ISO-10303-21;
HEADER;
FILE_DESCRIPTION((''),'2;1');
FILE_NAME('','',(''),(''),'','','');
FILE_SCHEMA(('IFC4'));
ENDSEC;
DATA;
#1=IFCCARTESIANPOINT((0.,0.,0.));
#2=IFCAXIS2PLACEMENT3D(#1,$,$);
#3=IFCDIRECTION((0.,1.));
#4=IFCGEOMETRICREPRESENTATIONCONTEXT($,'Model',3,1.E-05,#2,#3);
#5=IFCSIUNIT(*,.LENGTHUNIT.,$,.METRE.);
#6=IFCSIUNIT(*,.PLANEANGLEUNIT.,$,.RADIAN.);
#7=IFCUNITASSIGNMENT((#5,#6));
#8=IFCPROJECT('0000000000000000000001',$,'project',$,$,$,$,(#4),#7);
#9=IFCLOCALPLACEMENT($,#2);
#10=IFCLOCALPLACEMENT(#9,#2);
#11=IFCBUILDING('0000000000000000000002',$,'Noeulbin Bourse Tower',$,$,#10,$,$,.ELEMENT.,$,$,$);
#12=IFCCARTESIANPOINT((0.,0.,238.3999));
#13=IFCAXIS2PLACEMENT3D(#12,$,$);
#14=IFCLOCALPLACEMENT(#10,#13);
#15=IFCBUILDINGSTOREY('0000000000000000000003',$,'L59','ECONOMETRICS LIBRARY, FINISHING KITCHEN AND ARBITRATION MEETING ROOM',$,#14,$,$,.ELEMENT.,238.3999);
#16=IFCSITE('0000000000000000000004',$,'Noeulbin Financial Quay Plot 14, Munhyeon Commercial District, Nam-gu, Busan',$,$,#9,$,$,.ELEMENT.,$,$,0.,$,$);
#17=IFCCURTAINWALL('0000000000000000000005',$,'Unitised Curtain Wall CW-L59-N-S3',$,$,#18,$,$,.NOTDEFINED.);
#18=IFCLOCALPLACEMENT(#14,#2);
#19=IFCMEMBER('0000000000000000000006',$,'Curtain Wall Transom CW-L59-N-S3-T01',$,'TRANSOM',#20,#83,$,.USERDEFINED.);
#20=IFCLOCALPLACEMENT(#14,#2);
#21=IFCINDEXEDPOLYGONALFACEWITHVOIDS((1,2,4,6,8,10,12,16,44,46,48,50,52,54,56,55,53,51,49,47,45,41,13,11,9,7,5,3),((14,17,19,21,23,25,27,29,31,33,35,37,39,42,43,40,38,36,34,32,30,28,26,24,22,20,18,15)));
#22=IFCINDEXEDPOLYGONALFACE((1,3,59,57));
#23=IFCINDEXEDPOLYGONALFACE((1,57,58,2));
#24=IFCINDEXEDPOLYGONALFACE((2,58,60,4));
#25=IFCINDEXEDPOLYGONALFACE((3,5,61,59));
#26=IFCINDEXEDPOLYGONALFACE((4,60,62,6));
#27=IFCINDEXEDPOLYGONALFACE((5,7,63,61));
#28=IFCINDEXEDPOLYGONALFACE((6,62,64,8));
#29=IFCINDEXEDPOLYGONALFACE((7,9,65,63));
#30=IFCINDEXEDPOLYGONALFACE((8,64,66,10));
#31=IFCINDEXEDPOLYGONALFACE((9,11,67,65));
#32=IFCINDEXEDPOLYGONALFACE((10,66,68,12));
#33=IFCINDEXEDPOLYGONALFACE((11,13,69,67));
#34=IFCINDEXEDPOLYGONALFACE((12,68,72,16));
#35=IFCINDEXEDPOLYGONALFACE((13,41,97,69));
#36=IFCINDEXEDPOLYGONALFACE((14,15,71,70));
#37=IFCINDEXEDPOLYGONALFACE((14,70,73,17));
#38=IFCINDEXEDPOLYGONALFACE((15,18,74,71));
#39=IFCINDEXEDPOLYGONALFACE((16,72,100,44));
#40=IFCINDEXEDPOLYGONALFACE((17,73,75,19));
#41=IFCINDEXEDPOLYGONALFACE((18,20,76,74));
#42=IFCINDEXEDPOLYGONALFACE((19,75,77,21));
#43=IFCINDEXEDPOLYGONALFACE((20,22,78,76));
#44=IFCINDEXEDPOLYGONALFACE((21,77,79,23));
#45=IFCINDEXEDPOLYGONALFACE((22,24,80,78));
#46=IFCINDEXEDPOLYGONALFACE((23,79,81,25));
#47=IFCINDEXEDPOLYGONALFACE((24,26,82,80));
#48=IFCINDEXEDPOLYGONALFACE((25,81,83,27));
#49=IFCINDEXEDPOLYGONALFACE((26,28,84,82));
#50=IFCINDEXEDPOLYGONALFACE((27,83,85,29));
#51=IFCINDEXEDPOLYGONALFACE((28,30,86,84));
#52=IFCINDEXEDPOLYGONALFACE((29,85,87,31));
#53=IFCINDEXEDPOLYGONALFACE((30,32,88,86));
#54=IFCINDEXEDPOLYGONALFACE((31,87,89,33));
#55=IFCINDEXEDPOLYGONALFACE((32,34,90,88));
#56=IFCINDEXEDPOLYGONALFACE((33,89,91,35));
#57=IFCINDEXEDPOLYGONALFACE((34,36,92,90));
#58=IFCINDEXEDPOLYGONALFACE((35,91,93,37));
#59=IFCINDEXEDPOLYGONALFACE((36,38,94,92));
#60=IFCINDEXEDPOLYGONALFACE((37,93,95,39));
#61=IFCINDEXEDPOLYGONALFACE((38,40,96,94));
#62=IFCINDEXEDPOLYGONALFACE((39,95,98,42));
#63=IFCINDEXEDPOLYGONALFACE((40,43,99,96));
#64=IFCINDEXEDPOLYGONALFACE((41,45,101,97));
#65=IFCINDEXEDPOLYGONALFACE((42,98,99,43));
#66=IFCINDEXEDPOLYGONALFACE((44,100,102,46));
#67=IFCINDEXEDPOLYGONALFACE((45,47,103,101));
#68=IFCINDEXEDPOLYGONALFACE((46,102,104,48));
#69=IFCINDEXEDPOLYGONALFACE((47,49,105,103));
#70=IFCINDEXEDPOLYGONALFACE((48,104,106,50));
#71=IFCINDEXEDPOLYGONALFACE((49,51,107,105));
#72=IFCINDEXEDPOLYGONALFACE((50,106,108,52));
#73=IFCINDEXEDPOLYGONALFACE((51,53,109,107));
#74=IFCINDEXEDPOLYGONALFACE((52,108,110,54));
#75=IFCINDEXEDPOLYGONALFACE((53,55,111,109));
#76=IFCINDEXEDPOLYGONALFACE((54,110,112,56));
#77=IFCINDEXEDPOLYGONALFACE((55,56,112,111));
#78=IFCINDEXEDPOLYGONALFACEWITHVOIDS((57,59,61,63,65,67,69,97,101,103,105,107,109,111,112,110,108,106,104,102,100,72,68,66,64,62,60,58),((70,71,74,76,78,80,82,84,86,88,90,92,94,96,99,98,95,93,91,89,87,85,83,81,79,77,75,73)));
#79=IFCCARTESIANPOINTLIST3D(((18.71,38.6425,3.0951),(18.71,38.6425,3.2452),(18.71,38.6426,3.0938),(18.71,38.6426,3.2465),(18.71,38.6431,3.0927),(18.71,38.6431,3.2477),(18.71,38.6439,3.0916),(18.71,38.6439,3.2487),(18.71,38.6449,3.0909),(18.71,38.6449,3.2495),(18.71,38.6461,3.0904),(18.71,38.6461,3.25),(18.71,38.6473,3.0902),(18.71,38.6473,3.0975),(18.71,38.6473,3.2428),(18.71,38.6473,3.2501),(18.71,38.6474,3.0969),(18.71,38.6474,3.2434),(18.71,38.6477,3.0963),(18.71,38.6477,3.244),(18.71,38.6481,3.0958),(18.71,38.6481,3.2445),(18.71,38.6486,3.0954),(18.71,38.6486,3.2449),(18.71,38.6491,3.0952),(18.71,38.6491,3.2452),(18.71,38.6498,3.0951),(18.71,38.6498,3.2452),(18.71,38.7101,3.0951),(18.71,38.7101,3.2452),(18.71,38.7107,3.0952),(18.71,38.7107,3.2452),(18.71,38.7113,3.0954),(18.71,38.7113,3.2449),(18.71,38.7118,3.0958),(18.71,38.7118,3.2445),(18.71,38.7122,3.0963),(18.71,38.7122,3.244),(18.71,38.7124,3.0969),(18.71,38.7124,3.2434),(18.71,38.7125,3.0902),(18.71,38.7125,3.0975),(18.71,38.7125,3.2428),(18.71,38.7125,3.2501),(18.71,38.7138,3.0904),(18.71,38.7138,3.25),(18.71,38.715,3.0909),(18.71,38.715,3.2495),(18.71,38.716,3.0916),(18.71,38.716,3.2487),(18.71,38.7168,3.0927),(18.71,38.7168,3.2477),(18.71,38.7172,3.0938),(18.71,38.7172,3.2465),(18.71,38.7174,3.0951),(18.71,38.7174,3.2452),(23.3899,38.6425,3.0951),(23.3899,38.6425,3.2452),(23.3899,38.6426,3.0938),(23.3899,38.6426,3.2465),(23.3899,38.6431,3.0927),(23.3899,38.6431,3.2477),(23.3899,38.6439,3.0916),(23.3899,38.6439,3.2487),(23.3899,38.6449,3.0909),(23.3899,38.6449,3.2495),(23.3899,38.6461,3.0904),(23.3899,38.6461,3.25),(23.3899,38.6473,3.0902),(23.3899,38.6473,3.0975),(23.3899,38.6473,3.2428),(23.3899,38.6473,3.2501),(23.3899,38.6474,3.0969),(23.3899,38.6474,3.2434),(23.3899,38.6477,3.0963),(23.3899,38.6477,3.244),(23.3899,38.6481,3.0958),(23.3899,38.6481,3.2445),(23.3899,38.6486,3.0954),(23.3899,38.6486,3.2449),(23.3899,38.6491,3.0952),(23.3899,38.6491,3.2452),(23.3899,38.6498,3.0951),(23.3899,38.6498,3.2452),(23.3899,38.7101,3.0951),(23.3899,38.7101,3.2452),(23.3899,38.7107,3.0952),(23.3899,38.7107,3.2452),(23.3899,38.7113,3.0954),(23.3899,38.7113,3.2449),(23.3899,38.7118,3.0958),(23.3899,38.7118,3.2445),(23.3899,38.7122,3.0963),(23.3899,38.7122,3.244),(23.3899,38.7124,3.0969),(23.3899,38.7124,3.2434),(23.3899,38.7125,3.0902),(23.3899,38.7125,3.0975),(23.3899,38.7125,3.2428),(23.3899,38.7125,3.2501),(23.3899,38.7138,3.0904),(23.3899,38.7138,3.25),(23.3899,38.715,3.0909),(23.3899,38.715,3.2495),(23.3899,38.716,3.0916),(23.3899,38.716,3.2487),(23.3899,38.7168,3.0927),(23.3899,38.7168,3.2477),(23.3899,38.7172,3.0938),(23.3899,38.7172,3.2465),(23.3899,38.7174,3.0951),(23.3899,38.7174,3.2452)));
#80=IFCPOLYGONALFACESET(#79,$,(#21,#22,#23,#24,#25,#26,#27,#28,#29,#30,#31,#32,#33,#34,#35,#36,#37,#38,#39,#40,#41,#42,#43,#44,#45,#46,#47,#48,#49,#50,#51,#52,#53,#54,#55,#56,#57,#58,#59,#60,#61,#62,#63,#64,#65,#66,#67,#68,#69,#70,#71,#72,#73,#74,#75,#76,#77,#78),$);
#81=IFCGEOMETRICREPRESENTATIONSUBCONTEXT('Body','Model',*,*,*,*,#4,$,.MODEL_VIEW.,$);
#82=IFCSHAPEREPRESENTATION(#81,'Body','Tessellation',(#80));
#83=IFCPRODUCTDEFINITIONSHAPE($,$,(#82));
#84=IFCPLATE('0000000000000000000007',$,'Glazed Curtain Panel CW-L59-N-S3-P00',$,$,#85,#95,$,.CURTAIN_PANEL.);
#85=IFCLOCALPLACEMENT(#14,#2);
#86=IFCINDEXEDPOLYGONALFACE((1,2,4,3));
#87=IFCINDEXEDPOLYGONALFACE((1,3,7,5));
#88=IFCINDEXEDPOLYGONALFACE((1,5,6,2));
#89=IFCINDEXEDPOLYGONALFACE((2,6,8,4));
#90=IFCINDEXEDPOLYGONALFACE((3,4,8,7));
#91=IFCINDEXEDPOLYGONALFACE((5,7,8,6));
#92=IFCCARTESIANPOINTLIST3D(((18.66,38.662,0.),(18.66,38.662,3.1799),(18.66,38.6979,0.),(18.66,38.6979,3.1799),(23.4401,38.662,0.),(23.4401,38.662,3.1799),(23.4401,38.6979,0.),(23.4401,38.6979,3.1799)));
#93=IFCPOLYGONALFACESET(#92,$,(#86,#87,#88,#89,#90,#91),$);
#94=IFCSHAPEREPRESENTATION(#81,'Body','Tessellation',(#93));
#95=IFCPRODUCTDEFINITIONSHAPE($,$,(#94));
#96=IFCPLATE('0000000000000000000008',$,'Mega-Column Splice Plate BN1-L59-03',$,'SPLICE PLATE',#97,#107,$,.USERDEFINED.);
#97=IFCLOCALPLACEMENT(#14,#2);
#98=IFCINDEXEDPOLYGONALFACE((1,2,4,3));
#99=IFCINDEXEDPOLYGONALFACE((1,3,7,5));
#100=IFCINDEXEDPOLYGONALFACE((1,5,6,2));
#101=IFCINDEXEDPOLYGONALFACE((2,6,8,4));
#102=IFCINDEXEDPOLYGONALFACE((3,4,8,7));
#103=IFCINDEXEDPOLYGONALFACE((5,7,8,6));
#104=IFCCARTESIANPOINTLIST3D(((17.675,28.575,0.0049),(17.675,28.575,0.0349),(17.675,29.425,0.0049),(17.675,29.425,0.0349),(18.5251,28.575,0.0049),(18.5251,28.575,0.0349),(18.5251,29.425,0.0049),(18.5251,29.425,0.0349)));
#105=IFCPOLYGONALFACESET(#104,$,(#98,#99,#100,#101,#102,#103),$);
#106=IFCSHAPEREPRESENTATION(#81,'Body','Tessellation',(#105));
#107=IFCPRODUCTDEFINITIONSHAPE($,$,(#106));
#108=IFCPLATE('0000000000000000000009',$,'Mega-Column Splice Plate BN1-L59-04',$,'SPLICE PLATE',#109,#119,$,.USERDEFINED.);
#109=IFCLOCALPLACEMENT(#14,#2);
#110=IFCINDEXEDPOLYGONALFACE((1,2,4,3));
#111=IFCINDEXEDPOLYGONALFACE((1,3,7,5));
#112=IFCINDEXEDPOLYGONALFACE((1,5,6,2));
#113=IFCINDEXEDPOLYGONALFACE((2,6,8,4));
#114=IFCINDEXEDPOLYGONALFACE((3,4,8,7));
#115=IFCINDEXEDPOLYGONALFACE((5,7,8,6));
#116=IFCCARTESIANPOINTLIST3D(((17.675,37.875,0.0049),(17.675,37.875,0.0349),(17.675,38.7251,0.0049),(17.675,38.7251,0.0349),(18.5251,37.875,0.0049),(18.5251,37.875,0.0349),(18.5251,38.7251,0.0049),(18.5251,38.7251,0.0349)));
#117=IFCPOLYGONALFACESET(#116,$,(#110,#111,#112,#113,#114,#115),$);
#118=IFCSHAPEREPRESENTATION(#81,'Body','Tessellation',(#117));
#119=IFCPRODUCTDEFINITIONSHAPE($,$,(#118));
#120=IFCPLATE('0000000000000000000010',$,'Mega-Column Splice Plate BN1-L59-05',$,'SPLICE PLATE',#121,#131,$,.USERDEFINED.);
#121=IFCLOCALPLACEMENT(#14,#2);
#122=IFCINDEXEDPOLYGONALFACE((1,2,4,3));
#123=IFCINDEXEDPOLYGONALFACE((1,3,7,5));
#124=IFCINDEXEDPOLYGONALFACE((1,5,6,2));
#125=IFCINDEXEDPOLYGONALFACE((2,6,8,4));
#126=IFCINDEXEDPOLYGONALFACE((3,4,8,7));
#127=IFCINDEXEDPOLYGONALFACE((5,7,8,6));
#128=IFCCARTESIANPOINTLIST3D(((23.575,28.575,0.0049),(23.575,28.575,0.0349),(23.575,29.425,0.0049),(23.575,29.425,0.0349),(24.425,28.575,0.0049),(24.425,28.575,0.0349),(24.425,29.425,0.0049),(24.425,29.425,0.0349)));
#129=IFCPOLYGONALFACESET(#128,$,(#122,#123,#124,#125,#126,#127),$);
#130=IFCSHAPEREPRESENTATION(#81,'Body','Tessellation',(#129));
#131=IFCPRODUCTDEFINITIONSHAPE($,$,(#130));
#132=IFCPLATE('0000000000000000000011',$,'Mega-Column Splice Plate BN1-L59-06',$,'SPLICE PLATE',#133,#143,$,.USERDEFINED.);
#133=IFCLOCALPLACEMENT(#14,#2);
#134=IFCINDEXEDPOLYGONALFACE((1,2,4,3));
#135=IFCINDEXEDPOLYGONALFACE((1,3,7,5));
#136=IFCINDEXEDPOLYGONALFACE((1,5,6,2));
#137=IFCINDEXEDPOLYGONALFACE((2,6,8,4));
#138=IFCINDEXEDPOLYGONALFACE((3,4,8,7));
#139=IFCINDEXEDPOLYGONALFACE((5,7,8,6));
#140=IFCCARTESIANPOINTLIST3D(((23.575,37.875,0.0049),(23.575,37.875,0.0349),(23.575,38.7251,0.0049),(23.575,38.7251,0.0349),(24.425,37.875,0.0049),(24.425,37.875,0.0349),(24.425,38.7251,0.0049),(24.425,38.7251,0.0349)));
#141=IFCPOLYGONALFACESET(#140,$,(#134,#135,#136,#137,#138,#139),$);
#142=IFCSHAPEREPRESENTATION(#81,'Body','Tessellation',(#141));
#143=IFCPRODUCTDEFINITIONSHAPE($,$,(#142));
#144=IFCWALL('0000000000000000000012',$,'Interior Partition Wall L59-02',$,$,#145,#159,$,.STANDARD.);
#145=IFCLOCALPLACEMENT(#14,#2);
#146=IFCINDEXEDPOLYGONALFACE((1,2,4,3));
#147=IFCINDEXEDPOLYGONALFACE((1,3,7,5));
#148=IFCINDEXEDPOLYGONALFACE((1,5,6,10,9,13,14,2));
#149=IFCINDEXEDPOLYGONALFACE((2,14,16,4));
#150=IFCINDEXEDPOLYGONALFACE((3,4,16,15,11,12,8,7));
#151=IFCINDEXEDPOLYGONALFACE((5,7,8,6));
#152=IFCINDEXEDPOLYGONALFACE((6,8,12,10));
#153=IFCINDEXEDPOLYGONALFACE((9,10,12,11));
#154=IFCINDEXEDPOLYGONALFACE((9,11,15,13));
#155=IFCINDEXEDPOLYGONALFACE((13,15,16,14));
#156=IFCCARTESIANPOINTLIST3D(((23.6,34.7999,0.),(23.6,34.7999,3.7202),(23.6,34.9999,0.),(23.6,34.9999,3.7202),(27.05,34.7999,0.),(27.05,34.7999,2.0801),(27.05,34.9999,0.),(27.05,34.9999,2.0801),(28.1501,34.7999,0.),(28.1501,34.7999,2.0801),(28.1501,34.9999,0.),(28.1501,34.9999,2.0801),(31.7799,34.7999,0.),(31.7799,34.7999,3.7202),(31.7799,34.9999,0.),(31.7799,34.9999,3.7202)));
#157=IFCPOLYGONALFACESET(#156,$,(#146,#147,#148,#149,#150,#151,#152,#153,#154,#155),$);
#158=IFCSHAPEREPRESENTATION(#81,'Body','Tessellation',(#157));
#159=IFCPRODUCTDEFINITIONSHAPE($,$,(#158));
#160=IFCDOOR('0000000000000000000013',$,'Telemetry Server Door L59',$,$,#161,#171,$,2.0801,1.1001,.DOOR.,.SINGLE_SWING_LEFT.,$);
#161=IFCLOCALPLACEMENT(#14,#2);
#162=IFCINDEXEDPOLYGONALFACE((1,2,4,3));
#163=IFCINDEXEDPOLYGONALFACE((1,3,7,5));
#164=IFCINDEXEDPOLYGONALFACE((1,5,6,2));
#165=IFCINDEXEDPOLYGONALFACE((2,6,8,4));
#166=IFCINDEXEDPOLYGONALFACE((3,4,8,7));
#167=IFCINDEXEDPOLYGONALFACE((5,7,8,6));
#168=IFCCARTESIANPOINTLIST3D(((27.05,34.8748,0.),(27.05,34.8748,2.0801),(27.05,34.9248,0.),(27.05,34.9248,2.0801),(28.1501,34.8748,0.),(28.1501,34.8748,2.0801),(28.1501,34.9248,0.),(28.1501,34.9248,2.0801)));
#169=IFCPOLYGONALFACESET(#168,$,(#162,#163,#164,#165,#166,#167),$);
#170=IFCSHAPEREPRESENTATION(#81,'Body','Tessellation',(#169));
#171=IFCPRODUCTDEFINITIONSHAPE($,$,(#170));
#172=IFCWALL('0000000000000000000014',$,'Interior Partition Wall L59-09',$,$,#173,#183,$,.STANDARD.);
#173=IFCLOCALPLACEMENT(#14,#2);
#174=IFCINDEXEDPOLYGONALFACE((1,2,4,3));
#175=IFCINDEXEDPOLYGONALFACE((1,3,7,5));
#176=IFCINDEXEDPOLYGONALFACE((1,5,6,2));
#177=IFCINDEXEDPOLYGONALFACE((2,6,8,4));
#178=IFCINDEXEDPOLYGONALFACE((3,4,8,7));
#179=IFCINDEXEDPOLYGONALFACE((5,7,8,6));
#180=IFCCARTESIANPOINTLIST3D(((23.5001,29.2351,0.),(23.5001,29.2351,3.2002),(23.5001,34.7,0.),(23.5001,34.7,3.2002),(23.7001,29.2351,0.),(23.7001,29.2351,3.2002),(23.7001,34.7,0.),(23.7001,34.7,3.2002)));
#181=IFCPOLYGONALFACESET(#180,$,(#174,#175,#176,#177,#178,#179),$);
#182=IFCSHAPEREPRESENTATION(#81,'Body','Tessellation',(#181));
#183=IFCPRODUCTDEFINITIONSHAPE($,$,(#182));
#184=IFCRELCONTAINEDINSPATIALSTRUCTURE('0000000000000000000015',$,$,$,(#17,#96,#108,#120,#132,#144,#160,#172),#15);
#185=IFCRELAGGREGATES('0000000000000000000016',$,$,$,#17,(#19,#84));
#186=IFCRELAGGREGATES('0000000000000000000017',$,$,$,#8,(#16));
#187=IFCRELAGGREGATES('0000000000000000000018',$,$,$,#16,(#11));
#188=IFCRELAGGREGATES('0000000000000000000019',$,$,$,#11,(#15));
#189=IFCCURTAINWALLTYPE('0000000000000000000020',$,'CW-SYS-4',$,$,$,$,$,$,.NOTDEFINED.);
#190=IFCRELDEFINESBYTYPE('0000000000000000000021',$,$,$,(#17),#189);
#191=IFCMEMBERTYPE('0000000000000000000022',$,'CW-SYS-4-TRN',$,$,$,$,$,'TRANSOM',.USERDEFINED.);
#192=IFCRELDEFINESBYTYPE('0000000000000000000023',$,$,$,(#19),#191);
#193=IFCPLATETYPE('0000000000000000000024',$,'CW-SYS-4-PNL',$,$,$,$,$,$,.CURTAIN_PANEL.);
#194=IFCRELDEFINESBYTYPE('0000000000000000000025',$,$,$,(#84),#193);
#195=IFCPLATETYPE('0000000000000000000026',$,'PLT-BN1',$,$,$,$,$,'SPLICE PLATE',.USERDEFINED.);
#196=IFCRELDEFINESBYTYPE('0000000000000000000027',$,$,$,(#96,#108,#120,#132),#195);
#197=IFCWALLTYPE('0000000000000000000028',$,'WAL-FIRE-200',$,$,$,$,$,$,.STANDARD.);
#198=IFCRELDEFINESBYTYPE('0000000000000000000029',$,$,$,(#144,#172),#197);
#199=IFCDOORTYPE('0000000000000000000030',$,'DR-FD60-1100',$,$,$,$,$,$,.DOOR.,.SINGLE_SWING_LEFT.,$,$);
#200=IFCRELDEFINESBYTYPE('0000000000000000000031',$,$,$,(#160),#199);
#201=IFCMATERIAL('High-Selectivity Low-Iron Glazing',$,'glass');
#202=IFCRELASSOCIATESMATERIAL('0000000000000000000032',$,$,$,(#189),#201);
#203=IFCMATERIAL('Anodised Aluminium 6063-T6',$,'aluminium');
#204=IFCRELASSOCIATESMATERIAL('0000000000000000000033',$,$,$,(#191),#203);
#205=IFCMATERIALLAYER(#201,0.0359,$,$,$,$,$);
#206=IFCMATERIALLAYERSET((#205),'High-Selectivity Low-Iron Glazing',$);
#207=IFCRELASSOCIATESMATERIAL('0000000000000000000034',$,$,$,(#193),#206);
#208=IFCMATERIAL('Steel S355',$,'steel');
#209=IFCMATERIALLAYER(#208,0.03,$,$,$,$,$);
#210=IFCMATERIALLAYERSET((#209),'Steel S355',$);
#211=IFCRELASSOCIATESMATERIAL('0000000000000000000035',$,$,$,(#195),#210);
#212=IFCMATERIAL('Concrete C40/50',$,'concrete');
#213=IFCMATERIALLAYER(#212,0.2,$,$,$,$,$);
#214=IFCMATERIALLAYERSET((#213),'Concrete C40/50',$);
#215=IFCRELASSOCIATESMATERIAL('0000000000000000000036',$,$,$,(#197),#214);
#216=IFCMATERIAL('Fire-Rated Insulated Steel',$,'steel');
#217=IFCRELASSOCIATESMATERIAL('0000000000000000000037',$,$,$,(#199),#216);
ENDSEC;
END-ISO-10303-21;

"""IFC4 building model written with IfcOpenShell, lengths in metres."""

from ifc_helpers import new_model, si_unit, direction, frame, frame_2d, origin, origin_2d, place, context, subcontext, project, spatial, rectangle, hollow_rectangle, extrude, material, layer, layer_set, material_profile, profile_set, type_object, element, fill, aggregate, save


model = new_model("IFC4")

# Units and contexts
model_context = context("Model", 3, precision=1e-05, world=origin(), true_north=direction((0.0, 1.0)))
body_context = subcontext(model_context, "Body", "Model", "MODEL_VIEW")
ifc_project = project(units=[si_unit("LENGTHUNIT", "METRE"), si_unit("PLANEANGLEUNIT", "RADIAN")], contexts=[model_context])

# Site, building, storey
site_placement = place(None, origin())
site = spatial("IfcSite", under=ifc_project, at=site_placement, Name="Noeulbin Financial Quay Plot 14, Munhyeon Commercial District, Nam-gu, Busan", CompositionType="ELEMENT", RefElevation=0.0)
building_placement = place(site_placement, origin())
building = spatial("IfcBuilding", under=site, at=building_placement, Name="Noeulbin Bourse Tower", CompositionType="ELEMENT")
storey_placement = place(building_placement, frame((0.0, 0.0, 238.3999)))
storey = spatial("IfcBuildingStorey", under=building, at=storey_placement, Name="L59", Description="ECONOMETRICS LIBRARY, FINISHING KITCHEN AND ARBITRATION MEETING ROOM", CompositionType="ELEMENT", Elevation=238.3999)

# Shared definitions
ifc_material_1 = material(Name="Steel S355", Category="steel")

# Curtain wall, member, plate
ifc_material_2 = material(Name="High-Selectivity Low-Iron Glazing", Category="glass")
curtain_wall_type = type_object("IfcCurtainWallType", Name="CW-SYS-4", PredefinedType="NOTDEFINED", material=ifc_material_2)
curtain_wall_placement = place(storey_placement, origin())
curtain_wall = element("IfcCurtainWall", 1, at=curtain_wall_placement, inside=storey, type_object=curtain_wall_type, Name="Unitised Curtain Wall CW-L59-N-S3", PredefinedType="NOTDEFINED")
ifc_material_3 = material(Name="Anodised Aluminium 6063-T6", Category="aluminium")
ifc_material_profile_1 = material_profile(ifc_material_3, hollow_rectangle(XDim=0.075, YDim=0.1599, WallThickness=0.0049, InnerFilletRadius=0.0024, OuterFilletRadius=0.0049, at=origin_2d()), Name="ALU-TRAN-75x160x5", Category="LoadBearing")
ifc_profile_set_1 = profile_set([ifc_material_profile_1], Name="Anodised Aluminium 6063-T6")
member_type_1 = type_object("IfcMemberType", Name="CW-SYS-4-TRN", ElementType="TRANSOM", PredefinedType="USERDEFINED", material=ifc_profile_set_1)
member_1_placement = place(storey_placement, frame((18.71, 38.6799, 3.1702), z_axis=(1.0, 0.0, 0.0), x_axis=(0.0, 1.0, 0.0)))
member_1 = element("IfcMember", 2, at=member_1_placement, type_object=member_type_1, Name="Curtain Wall Transom CW-L59-N-S3-T01", ObjectType="TRANSOM", PredefinedType="USERDEFINED", context=body_context, shape_type="SweptSolid", body=[
    extrude(hollow_rectangle(XDim=0.075, YDim=0.1599, WallThickness=0.0049, InnerFilletRadius=0.0024, OuterFilletRadius=0.0049, at=origin_2d()), origin(), (0.0, 0.0, 1.0), 4.6799),
])
ifc_layer_1 = layer(ifc_material_2, 0.0359)
ifc_layer_set_1 = layer_set([ifc_layer_1], Name="High-Selectivity Low-Iron Glazing")
plate_type_1 = type_object("IfcPlateType", Name="CW-SYS-4-PNL", PredefinedType="CURTAIN_PANEL", material=ifc_layer_set_1)
plate_placement = place(storey_placement, frame((21.05, 38.6799, 0.0), z_axis=(0.0, 0.0, 1.0), x_axis=(1.0, 0.0, 0.0)))
plate = element("IfcPlate", 3, at=plate_placement, type_object=plate_type_1, Name="Glazed Curtain Panel CW-L59-N-S3-P00", PredefinedType="CURTAIN_PANEL", context=body_context, shape_type="SweptSolid", body=[
    extrude(rectangle(XDim=4.78, YDim=0.0359, at=origin_2d()), origin(), (0.0, 0.0, 1.0), 3.1799),
])
aggregate(curtain_wall, [member_1, plate])

# Plates
ifc_layer_2 = layer(ifc_material_1, 0.03)
ifc_layer_set_2 = layer_set([ifc_layer_2], Name="Steel S355")
plate_type_2 = type_object("IfcPlateType", Name="PLT-BN1", ElementType="SPLICE PLATE", PredefinedType="USERDEFINED", material=ifc_layer_set_2)
for number, where, z_axis, x_axis, name in (
    (4, (18.1001, 29.0, 0.0049), (0.0, 0.0, 1.0), (1.0, 0.0, 0.0), "Mega-Column Splice Plate BN1-L59-03"),
    (5, (18.1001, 38.3, 0.0049), (0.0, 0.0, 1.0), (1.0, 0.0, 0.0), "Mega-Column Splice Plate BN1-L59-04"),
    (6, (24.0, 29.0, 0.0049), (0.0, 0.0, 1.0), (1.0, 0.0, 0.0), "Mega-Column Splice Plate BN1-L59-05"),
    (7, (24.0, 38.3, 0.0049), (0.0, 0.0, 1.0), (1.0, 0.0, 0.0), "Mega-Column Splice Plate BN1-L59-06"),
):
    element("IfcPlate", number, at=place(storey_placement, frame(where, z_axis=z_axis, x_axis=x_axis)), inside=storey, type_object=plate_type_2, Name=name, ObjectType="SPLICE PLATE", PredefinedType="USERDEFINED", context=body_context, shape_type="SweptSolid", body=[
        extrude(rectangle(XDim=0.8501, YDim=0.8501, at=origin_2d()), origin(), (0.0, 0.0, 1.0), 0.03),
    ])

# Wall, opening, door
ifc_material_4 = material(Name="Concrete C40/50", Category="concrete")
ifc_layer_3 = layer(ifc_material_4, 0.2)
ifc_layer_set_3 = layer_set([ifc_layer_3], Name="Concrete C40/50")
wall_type_1 = type_object("IfcWallType", Name="WAL-FIRE-200", PredefinedType="STANDARD", material=ifc_layer_set_3)
wall_1_placement = place(storey_placement, frame((23.6001, 34.8999, 0.0), z_axis=(0.0, 0.0, 1.0), x_axis=(1.0, 0.0, 0.0)))
wall_1 = element("IfcWall", 8, at=wall_1_placement, inside=storey, type_object=wall_type_1, Name="Interior Partition Wall L59-02", PredefinedType="STANDARD", context=body_context, shape_type="SweptSolid", body=[
    extrude(rectangle(XDim=8.1799, YDim=0.2, at=frame_2d((4.0898, 0.0))), origin(), (0.0, 0.0, 1.0), 3.7202),
])
opening_1_placement = place(wall_1_placement, frame((3.45, 0.0, 0.0)))
opening_1 = element("IfcOpeningElement", 9, at=opening_1_placement, cuts=wall_1, PredefinedType="OPENING", context=body_context, shape_type="SweptSolid", body=[
    extrude(rectangle(XDim=1.1001, YDim=2.0801, at=frame_2d((0.55, 1.04))), frame((0.0, 0.1099, 0.0), z_axis=(0.0, -1.0, 0.0), x_axis=(1.0, 0.0, 0.0)), (0.0, 0.0, 1.0), 0.22),
])
ifc_material_5 = material(Name="Fire-Rated Insulated Steel", Category="steel")
door_type_1 = type_object("IfcDoorType", Name="DR-FD60-1100", OperationType="SINGLE_SWING_LEFT", PredefinedType="DOOR", material=ifc_material_5)
door_1_placement = place(opening_1_placement, origin())
door_1 = element("IfcDoor", 10, at=door_1_placement, inside=storey, type_object=door_type_1, Name="Telemetry Server Door L59", OperationType="SINGLE_SWING_LEFT", OverallHeight=2.0801, OverallWidth=1.1001, PredefinedType="DOOR", context=body_context, shape_type="SweptSolid", body=[
    extrude(rectangle(XDim=1.1001, YDim=2.0801, at=frame_2d((0.55, 1.04))), frame((0.0, 0.0249, 0.0), z_axis=(0.0, -1.0, 0.0), x_axis=(1.0, 0.0, 0.0)), (0.0, 0.0, 1.0), 0.05),
])
fill(opening_1, door_1)

# Wall
wall_2_placement = place(storey_placement, frame((23.6001, 29.2351, 0.0), z_axis=(0.0, 0.0, 1.0), x_axis=(0.0, 1.0, 0.0)))
element("IfcWall", 11, at=wall_2_placement, inside=storey, type_object=wall_type_1, Name="Interior Partition Wall L59-09", PredefinedType="STANDARD", context=body_context, shape_type="SweptSolid", body=[
    extrude(rectangle(XDim=5.4648, YDim=0.2, at=frame_2d((2.7324, 0.0))), origin(), (0.0, 0.0, 1.0), 3.2002),
])

save(model, "model.ifc")
